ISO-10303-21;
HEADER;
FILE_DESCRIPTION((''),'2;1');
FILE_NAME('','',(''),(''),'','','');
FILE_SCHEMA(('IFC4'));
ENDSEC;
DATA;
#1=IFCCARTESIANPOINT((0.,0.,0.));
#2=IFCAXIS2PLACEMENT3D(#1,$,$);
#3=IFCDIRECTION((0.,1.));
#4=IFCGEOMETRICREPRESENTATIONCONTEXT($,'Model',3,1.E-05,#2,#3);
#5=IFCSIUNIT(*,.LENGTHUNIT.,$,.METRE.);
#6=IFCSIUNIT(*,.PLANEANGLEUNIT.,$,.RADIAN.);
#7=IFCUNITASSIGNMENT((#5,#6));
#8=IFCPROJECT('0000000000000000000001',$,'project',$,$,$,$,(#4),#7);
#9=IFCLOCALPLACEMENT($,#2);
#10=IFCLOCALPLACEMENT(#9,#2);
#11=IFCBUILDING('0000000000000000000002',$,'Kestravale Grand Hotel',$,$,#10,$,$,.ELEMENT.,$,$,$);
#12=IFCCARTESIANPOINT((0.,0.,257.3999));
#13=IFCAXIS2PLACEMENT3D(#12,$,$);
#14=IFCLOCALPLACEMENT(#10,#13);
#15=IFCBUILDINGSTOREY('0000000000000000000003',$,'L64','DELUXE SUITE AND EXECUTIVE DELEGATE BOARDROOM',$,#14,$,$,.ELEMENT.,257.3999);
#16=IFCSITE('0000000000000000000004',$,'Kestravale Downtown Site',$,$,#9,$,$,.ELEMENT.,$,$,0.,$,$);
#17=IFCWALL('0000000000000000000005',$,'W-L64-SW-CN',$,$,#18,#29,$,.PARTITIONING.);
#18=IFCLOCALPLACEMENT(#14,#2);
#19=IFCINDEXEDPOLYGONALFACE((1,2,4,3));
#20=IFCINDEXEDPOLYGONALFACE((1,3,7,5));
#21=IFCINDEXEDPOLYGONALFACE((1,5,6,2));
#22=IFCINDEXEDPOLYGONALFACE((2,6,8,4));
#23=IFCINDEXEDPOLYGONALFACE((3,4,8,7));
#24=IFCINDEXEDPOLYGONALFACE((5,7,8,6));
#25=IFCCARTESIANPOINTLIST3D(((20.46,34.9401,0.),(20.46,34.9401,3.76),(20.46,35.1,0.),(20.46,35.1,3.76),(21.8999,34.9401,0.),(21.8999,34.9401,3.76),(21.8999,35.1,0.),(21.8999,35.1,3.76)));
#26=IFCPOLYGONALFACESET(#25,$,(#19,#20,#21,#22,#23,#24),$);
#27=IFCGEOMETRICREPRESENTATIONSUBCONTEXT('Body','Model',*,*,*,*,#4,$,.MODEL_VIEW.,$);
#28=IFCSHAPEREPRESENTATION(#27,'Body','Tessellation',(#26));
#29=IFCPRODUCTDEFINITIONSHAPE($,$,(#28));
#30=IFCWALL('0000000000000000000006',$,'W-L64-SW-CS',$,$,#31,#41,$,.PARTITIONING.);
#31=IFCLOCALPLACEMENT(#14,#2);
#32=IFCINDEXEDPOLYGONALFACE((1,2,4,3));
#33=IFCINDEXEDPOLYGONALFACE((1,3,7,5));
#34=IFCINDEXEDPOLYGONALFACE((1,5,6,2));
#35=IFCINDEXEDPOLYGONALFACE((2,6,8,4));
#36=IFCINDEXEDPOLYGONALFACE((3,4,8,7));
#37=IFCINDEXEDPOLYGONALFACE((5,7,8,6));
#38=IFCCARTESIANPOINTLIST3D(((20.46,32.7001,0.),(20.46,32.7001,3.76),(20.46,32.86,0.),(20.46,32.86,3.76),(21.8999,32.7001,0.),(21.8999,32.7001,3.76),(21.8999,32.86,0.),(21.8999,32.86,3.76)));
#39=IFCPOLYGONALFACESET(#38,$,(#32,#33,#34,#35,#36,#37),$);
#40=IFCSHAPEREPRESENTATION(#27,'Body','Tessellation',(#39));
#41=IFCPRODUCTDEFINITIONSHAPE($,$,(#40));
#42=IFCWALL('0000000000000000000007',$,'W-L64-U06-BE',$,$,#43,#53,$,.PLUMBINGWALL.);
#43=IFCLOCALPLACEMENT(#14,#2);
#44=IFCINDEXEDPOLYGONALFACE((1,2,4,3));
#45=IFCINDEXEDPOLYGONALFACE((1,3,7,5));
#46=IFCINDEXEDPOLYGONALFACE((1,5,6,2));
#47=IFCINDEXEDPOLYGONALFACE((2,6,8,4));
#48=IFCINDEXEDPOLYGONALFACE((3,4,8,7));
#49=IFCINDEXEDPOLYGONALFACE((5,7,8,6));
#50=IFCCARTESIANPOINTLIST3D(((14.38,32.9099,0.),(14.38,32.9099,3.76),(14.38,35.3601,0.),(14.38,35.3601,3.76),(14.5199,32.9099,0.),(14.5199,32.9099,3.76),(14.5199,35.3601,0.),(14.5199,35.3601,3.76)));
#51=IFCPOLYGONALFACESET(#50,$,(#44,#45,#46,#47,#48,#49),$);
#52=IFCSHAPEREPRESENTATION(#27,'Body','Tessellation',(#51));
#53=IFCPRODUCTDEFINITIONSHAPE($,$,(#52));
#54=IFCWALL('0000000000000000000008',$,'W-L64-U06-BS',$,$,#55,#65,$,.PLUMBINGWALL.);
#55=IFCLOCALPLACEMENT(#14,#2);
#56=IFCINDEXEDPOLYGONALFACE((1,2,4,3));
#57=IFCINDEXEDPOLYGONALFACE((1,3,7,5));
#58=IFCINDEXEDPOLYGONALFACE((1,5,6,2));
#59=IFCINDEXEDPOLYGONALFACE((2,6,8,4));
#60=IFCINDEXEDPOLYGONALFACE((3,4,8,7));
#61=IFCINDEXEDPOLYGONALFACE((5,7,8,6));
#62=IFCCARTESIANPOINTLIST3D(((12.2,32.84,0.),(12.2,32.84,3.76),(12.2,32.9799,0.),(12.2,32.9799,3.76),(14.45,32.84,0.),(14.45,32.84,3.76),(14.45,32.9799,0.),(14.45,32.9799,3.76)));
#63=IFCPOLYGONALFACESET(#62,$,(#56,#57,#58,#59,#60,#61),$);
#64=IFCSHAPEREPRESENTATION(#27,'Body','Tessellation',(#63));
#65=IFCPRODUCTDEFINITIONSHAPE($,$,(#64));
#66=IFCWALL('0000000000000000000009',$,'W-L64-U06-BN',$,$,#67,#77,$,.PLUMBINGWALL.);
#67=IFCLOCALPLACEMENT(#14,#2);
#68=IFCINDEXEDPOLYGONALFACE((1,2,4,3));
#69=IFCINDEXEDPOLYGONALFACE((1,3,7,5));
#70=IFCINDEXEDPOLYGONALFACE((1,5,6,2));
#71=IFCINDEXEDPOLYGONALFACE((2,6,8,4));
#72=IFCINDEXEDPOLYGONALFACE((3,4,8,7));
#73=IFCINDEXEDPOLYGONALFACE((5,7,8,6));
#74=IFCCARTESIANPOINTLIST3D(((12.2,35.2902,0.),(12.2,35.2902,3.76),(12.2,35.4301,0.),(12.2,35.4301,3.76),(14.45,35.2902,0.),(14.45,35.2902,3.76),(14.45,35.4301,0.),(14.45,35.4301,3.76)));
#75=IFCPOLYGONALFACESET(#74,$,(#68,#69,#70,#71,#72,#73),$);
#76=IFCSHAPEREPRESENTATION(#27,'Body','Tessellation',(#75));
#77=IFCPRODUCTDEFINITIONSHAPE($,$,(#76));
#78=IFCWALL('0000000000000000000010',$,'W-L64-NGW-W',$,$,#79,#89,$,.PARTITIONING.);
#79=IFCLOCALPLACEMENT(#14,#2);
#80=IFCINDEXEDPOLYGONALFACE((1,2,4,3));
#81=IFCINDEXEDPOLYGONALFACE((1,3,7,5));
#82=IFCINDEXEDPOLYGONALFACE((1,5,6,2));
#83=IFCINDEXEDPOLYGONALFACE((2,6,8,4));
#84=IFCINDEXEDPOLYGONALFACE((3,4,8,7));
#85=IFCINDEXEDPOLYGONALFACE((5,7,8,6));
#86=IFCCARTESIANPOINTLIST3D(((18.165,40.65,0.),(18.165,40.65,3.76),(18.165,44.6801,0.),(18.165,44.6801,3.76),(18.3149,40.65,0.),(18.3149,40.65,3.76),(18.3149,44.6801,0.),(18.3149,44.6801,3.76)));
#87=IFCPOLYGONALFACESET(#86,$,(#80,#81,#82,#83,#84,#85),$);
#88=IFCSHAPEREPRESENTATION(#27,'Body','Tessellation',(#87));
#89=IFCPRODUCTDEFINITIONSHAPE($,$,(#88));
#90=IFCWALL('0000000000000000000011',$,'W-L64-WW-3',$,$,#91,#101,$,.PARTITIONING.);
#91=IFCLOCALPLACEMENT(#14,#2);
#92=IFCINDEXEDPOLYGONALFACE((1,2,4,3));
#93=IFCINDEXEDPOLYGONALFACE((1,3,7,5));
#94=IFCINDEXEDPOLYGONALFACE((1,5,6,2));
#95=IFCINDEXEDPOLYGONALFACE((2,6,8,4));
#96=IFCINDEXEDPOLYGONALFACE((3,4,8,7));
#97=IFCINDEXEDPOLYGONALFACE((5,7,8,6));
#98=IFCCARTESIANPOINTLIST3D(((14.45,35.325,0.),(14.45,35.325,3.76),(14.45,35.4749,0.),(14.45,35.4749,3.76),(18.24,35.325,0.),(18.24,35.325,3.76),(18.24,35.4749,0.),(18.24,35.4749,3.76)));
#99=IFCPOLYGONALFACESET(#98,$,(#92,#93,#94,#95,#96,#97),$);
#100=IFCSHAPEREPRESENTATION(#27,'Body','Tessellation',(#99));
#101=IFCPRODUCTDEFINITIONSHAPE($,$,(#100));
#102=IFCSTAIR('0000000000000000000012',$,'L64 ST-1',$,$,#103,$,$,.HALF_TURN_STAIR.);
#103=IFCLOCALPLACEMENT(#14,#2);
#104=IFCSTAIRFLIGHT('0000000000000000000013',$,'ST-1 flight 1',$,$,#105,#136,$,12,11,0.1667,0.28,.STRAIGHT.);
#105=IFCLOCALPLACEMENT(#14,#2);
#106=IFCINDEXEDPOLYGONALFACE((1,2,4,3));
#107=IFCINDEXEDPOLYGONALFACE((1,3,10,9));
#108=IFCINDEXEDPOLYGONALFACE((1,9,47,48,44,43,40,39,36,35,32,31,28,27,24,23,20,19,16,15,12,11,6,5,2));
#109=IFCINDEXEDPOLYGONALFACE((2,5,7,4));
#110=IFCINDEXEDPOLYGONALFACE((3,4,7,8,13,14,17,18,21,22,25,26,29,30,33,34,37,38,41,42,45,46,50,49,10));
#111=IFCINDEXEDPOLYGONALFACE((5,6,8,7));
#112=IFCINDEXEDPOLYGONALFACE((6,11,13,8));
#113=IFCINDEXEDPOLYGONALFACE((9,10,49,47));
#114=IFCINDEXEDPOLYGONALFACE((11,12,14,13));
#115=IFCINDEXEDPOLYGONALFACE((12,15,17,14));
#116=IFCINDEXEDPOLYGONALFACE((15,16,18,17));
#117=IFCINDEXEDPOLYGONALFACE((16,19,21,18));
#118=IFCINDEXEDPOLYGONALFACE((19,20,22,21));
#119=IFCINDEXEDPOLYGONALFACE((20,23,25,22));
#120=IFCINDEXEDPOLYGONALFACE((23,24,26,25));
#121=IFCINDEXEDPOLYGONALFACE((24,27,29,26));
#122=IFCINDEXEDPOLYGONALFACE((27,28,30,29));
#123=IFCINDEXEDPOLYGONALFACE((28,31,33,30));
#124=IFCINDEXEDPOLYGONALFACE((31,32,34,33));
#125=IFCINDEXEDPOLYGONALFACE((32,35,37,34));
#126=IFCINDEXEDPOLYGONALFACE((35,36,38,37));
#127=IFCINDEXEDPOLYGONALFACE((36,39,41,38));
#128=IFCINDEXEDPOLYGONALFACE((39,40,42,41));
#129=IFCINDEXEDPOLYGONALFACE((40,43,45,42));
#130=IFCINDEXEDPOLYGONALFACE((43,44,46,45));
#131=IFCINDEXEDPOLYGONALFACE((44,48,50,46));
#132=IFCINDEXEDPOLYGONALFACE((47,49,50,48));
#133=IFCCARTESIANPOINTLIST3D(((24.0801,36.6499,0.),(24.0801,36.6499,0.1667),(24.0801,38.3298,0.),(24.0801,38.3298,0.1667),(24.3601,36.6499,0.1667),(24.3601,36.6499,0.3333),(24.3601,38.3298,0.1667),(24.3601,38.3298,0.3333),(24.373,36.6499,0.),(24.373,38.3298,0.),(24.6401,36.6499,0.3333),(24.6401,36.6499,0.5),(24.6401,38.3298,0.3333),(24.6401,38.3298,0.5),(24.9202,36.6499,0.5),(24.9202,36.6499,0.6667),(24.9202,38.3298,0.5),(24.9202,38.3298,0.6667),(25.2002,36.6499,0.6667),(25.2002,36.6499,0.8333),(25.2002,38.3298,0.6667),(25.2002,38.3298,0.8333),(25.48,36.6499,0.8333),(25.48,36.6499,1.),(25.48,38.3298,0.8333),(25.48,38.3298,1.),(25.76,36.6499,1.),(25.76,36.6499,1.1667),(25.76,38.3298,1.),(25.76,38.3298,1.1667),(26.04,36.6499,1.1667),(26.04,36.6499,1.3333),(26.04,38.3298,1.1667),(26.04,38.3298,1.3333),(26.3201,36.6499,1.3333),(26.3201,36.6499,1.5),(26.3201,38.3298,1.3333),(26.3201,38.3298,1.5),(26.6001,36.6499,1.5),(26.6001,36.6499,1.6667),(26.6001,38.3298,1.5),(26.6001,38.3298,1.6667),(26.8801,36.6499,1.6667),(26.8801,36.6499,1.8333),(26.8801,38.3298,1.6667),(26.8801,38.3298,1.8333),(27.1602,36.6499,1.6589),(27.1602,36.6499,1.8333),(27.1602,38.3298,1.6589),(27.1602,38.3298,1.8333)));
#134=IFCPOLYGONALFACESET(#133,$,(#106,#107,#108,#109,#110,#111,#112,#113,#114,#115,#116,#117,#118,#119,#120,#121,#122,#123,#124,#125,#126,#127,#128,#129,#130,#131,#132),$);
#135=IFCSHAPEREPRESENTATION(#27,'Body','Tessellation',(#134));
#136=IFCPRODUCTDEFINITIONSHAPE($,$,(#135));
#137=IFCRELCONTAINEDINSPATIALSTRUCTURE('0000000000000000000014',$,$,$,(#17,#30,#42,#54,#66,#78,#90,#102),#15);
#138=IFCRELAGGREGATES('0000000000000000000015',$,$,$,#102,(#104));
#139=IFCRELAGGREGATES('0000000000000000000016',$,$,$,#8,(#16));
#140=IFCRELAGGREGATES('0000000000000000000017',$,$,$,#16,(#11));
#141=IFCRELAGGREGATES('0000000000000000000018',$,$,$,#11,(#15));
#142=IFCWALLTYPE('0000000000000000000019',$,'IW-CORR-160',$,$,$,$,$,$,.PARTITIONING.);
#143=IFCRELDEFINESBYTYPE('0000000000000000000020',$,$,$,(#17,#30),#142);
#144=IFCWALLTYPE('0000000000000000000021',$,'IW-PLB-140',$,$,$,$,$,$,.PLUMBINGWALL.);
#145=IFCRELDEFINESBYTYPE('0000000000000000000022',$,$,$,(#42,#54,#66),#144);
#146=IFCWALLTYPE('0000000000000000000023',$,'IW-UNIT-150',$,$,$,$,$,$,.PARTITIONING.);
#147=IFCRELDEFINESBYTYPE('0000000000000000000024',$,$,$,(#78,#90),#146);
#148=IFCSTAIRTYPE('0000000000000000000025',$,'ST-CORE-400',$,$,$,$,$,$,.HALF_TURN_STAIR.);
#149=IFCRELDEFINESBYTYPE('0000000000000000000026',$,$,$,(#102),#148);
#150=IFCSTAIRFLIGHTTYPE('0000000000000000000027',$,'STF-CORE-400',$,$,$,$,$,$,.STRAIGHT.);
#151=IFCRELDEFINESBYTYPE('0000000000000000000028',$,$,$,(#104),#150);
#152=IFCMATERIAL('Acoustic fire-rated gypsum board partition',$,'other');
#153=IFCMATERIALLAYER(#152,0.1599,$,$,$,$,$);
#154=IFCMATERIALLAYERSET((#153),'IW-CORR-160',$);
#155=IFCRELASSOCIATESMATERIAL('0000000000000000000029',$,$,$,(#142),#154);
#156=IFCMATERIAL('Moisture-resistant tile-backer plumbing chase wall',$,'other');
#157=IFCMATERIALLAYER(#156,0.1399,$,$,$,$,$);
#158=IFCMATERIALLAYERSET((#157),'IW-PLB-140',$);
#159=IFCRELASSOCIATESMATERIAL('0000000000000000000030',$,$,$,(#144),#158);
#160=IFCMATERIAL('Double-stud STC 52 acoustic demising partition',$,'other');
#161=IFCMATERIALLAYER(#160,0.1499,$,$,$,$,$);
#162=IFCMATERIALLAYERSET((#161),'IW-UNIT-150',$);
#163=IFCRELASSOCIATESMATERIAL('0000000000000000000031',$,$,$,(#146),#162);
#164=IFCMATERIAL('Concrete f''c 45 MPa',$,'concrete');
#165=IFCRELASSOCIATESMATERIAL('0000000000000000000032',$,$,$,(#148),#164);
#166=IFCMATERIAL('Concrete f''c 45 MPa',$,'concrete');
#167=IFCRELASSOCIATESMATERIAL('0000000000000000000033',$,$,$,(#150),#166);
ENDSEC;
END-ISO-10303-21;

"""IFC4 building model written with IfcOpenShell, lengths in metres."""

from ifc_helpers import new_model, si_unit, direction, frame, frame_2d, origin, place, context, subcontext, project, spatial, polyline, rectangle, outline, extrude, material, layer, layer_set, type_object, element, aggregate, save


model = new_model("IFC4")

# Units and contexts
model_context = context("Model", 3, precision=1e-05, world=origin(), true_north=direction((0.0, 1.0)))
body_context = subcontext(model_context, "Body", "Model", "MODEL_VIEW")
ifc_project = project(units=[si_unit("LENGTHUNIT", "METRE"), si_unit("PLANEANGLEUNIT", "RADIAN")], contexts=[model_context])

# Site, building, storey
site_placement = place(None, origin())
site = spatial("IfcSite", under=ifc_project, at=site_placement, Name="Kestravale Downtown Site", CompositionType="ELEMENT", RefElevation=0.0)
building_placement = place(site_placement, origin())
building = spatial("IfcBuilding", under=site, at=building_placement, Name="Kestravale Grand Hotel", CompositionType="ELEMENT")
storey_placement = place(building_placement, frame((0.0, 0.0, 257.3999)))
storey = spatial("IfcBuildingStorey", under=building, at=storey_placement, Name="L64", Description="DELUXE SUITE AND EXECUTIVE DELEGATE BOARDROOM", CompositionType="ELEMENT", Elevation=257.3999)

# Walls
ifc_material_1 = material(Name="Acoustic fire-rated gypsum board partition", Category="other")
ifc_layer_1 = layer(ifc_material_1, 0.1599)
ifc_layer_set_1 = layer_set([ifc_layer_1], Name="IW-CORR-160")
wall_type_1 = type_object("IfcWallType", Name="IW-CORR-160", PredefinedType="PARTITIONING", material=ifc_layer_set_1)
for number, where, z_axis, x_axis, name in (
    (1, (20.46, 35.02, 0.0), (0.0, 0.0, 1.0), (1.0, 0.0, 0.0), "W-L64-SW-CN"),
    (2, (20.46, 32.78, 0.0), (0.0, 0.0, 1.0), (1.0, 0.0, 0.0), "W-L64-SW-CS"),
):
    element("IfcWall", number, at=place(storey_placement, frame(where, z_axis=z_axis, x_axis=x_axis)), inside=storey, type_object=wall_type_1, Name=name, PredefinedType="PARTITIONING", context=body_context, shape_type="SweptSolid", body=[
        extrude(rectangle(XDim=1.4399, YDim=0.1599, at=frame_2d((0.72, 0.0))), origin(), (0.0, 0.0, 1.0), 3.76),
    ])
ifc_material_2 = material(Name="Moisture-resistant tile-backer plumbing chase wall", Category="other")
ifc_layer_2 = layer(ifc_material_2, 0.1399)
ifc_layer_set_2 = layer_set([ifc_layer_2], Name="IW-PLB-140")
wall_type_2 = type_object("IfcWallType", Name="IW-PLB-140", PredefinedType="PLUMBINGWALL", material=ifc_layer_set_2)
wall_1_placement = place(storey_placement, frame((14.45, 32.9099, 0.0), z_axis=(0.0, 0.0, 1.0), x_axis=(0.0, 1.0, 0.0)))
element("IfcWall", 3, at=wall_1_placement, inside=storey, type_object=wall_type_2, Name="W-L64-U06-BE", PredefinedType="PLUMBINGWALL", context=body_context, shape_type="SweptSolid", body=[
    extrude(rectangle(XDim=2.4502, YDim=0.1399, at=frame_2d((1.2251, 0.0))), origin(), (0.0, 0.0, 1.0), 3.76),
])
for number, where, z_axis, x_axis, name in (
    (4, (12.2, 32.9099, 0.0), (0.0, 0.0, 1.0), (1.0, 0.0, 0.0), "W-L64-U06-BS"),
    (5, (12.2, 35.3601, 0.0), (0.0, 0.0, 1.0), (1.0, 0.0, 0.0), "W-L64-U06-BN"),
):
    element("IfcWall", number, at=place(storey_placement, frame(where, z_axis=z_axis, x_axis=x_axis)), inside=storey, type_object=wall_type_2, Name=name, PredefinedType="PLUMBINGWALL", context=body_context, shape_type="SweptSolid", body=[
        extrude(rectangle(XDim=2.25, YDim=0.1399, at=frame_2d((1.125, 0.0))), origin(), (0.0, 0.0, 1.0), 3.76),
    ])

# Shared definitions
ifc_material_3 = material(Name="Double-stud STC 52 acoustic demising partition", Category="other")
ifc_layer_3 = layer(ifc_material_3, 0.1499)
ifc_layer_set_3 = layer_set([ifc_layer_3], Name="IW-UNIT-150")
wall_type_3 = type_object("IfcWallType", Name="IW-UNIT-150", PredefinedType="PARTITIONING", material=ifc_layer_set_3)

# Walls
wall_2_placement = place(storey_placement, frame((18.24, 40.6499, 0.0), z_axis=(0.0, 0.0, 1.0), x_axis=(0.0, 1.0, 0.0)))
element("IfcWall", 6, at=wall_2_placement, inside=storey, type_object=wall_type_3, Name="W-L64-NGW-W", PredefinedType="PARTITIONING", context=body_context, shape_type="SweptSolid", body=[
    extrude(rectangle(XDim=4.03, YDim=0.1499, at=frame_2d((2.0151, 0.0))), origin(), (0.0, 0.0, 1.0), 3.76),
])
wall_3_placement = place(storey_placement, frame((14.45, 35.3999, 0.0), z_axis=(0.0, 0.0, 1.0), x_axis=(1.0, 0.0, 0.0)))
element("IfcWall", 7, at=wall_3_placement, inside=storey, type_object=wall_type_3, Name="W-L64-WW-3", PredefinedType="PARTITIONING", context=body_context, shape_type="SweptSolid", body=[
    extrude(rectangle(XDim=3.79, YDim=0.1499, at=frame_2d((1.895, 0.0))), origin(), (0.0, 0.0, 1.0), 3.76),
])

# Stair, stair flight
ifc_material_4 = material(Name="Concrete f'c 45 MPa", Category="concrete")
stair_type = type_object("IfcStairType", Name="ST-CORE-400", PredefinedType="HALF_TURN_STAIR", material=ifc_material_4)
stair_placement = place(storey_placement, origin())
stair = element("IfcStair", 8, at=stair_placement, inside=storey, type_object=stair_type, Name="L64 ST-1", PredefinedType="HALF_TURN_STAIR")
ifc_material_5 = material(Name="Concrete f'c 45 MPa", Category="concrete")
stair_flight_type = type_object("IfcStairFlightType", Name="STF-CORE-400", PredefinedType="STRAIGHT", material=ifc_material_5)
stair_flight_placement = place(storey_placement, frame((24.0801, 37.49, 0.0), z_axis=(0.0, 0.0, 1.0), x_axis=(1.0, 0.0, 0.0)))
stair_flight = element("IfcStairFlight", 9, at=stair_flight_placement, type_object=stair_flight_type, Name="ST-1 flight 1", NumberOfRisers=12, NumberOfTreads=11, PredefinedType="STRAIGHT", RiserHeight=0.1667, TreadLength=0.28, context=body_context, shape_type="SweptSolid", body=[
    extrude(outline(polyline([(0.0, 0.0), (0.0, 0.1667), (0.28, 0.1667), (0.28, 0.3333), (0.5601, 0.3333), (0.5601, 0.5), (0.8401, 0.5), (0.8401, 0.6667), (1.1201, 0.6667), (1.1201, 0.8333), (1.3999, 0.8333), (1.3999, 1.0), (1.6799, 1.0), (1.6799, 1.1667), (1.96, 1.1667), (1.96, 1.3333), (2.24, 1.3333), (2.24, 1.5), (2.52, 1.5), (2.52, 1.6667), (2.8, 1.6667), (2.8, 1.8333), (3.0801, 1.8333), (3.0801, 2.0), (3.0801, 1.6589), (0.293, 0.0), (0.0, 0.0)])), frame((0.0, 0.8398, 0.0), z_axis=(0.0, -1.0, 0.0), x_axis=(1.0, 0.0, 0.0)), (0.0, 0.0, 1.0), 1.6799),
])
aggregate(stair, [stair_flight])

save(model, "model.ifc")
